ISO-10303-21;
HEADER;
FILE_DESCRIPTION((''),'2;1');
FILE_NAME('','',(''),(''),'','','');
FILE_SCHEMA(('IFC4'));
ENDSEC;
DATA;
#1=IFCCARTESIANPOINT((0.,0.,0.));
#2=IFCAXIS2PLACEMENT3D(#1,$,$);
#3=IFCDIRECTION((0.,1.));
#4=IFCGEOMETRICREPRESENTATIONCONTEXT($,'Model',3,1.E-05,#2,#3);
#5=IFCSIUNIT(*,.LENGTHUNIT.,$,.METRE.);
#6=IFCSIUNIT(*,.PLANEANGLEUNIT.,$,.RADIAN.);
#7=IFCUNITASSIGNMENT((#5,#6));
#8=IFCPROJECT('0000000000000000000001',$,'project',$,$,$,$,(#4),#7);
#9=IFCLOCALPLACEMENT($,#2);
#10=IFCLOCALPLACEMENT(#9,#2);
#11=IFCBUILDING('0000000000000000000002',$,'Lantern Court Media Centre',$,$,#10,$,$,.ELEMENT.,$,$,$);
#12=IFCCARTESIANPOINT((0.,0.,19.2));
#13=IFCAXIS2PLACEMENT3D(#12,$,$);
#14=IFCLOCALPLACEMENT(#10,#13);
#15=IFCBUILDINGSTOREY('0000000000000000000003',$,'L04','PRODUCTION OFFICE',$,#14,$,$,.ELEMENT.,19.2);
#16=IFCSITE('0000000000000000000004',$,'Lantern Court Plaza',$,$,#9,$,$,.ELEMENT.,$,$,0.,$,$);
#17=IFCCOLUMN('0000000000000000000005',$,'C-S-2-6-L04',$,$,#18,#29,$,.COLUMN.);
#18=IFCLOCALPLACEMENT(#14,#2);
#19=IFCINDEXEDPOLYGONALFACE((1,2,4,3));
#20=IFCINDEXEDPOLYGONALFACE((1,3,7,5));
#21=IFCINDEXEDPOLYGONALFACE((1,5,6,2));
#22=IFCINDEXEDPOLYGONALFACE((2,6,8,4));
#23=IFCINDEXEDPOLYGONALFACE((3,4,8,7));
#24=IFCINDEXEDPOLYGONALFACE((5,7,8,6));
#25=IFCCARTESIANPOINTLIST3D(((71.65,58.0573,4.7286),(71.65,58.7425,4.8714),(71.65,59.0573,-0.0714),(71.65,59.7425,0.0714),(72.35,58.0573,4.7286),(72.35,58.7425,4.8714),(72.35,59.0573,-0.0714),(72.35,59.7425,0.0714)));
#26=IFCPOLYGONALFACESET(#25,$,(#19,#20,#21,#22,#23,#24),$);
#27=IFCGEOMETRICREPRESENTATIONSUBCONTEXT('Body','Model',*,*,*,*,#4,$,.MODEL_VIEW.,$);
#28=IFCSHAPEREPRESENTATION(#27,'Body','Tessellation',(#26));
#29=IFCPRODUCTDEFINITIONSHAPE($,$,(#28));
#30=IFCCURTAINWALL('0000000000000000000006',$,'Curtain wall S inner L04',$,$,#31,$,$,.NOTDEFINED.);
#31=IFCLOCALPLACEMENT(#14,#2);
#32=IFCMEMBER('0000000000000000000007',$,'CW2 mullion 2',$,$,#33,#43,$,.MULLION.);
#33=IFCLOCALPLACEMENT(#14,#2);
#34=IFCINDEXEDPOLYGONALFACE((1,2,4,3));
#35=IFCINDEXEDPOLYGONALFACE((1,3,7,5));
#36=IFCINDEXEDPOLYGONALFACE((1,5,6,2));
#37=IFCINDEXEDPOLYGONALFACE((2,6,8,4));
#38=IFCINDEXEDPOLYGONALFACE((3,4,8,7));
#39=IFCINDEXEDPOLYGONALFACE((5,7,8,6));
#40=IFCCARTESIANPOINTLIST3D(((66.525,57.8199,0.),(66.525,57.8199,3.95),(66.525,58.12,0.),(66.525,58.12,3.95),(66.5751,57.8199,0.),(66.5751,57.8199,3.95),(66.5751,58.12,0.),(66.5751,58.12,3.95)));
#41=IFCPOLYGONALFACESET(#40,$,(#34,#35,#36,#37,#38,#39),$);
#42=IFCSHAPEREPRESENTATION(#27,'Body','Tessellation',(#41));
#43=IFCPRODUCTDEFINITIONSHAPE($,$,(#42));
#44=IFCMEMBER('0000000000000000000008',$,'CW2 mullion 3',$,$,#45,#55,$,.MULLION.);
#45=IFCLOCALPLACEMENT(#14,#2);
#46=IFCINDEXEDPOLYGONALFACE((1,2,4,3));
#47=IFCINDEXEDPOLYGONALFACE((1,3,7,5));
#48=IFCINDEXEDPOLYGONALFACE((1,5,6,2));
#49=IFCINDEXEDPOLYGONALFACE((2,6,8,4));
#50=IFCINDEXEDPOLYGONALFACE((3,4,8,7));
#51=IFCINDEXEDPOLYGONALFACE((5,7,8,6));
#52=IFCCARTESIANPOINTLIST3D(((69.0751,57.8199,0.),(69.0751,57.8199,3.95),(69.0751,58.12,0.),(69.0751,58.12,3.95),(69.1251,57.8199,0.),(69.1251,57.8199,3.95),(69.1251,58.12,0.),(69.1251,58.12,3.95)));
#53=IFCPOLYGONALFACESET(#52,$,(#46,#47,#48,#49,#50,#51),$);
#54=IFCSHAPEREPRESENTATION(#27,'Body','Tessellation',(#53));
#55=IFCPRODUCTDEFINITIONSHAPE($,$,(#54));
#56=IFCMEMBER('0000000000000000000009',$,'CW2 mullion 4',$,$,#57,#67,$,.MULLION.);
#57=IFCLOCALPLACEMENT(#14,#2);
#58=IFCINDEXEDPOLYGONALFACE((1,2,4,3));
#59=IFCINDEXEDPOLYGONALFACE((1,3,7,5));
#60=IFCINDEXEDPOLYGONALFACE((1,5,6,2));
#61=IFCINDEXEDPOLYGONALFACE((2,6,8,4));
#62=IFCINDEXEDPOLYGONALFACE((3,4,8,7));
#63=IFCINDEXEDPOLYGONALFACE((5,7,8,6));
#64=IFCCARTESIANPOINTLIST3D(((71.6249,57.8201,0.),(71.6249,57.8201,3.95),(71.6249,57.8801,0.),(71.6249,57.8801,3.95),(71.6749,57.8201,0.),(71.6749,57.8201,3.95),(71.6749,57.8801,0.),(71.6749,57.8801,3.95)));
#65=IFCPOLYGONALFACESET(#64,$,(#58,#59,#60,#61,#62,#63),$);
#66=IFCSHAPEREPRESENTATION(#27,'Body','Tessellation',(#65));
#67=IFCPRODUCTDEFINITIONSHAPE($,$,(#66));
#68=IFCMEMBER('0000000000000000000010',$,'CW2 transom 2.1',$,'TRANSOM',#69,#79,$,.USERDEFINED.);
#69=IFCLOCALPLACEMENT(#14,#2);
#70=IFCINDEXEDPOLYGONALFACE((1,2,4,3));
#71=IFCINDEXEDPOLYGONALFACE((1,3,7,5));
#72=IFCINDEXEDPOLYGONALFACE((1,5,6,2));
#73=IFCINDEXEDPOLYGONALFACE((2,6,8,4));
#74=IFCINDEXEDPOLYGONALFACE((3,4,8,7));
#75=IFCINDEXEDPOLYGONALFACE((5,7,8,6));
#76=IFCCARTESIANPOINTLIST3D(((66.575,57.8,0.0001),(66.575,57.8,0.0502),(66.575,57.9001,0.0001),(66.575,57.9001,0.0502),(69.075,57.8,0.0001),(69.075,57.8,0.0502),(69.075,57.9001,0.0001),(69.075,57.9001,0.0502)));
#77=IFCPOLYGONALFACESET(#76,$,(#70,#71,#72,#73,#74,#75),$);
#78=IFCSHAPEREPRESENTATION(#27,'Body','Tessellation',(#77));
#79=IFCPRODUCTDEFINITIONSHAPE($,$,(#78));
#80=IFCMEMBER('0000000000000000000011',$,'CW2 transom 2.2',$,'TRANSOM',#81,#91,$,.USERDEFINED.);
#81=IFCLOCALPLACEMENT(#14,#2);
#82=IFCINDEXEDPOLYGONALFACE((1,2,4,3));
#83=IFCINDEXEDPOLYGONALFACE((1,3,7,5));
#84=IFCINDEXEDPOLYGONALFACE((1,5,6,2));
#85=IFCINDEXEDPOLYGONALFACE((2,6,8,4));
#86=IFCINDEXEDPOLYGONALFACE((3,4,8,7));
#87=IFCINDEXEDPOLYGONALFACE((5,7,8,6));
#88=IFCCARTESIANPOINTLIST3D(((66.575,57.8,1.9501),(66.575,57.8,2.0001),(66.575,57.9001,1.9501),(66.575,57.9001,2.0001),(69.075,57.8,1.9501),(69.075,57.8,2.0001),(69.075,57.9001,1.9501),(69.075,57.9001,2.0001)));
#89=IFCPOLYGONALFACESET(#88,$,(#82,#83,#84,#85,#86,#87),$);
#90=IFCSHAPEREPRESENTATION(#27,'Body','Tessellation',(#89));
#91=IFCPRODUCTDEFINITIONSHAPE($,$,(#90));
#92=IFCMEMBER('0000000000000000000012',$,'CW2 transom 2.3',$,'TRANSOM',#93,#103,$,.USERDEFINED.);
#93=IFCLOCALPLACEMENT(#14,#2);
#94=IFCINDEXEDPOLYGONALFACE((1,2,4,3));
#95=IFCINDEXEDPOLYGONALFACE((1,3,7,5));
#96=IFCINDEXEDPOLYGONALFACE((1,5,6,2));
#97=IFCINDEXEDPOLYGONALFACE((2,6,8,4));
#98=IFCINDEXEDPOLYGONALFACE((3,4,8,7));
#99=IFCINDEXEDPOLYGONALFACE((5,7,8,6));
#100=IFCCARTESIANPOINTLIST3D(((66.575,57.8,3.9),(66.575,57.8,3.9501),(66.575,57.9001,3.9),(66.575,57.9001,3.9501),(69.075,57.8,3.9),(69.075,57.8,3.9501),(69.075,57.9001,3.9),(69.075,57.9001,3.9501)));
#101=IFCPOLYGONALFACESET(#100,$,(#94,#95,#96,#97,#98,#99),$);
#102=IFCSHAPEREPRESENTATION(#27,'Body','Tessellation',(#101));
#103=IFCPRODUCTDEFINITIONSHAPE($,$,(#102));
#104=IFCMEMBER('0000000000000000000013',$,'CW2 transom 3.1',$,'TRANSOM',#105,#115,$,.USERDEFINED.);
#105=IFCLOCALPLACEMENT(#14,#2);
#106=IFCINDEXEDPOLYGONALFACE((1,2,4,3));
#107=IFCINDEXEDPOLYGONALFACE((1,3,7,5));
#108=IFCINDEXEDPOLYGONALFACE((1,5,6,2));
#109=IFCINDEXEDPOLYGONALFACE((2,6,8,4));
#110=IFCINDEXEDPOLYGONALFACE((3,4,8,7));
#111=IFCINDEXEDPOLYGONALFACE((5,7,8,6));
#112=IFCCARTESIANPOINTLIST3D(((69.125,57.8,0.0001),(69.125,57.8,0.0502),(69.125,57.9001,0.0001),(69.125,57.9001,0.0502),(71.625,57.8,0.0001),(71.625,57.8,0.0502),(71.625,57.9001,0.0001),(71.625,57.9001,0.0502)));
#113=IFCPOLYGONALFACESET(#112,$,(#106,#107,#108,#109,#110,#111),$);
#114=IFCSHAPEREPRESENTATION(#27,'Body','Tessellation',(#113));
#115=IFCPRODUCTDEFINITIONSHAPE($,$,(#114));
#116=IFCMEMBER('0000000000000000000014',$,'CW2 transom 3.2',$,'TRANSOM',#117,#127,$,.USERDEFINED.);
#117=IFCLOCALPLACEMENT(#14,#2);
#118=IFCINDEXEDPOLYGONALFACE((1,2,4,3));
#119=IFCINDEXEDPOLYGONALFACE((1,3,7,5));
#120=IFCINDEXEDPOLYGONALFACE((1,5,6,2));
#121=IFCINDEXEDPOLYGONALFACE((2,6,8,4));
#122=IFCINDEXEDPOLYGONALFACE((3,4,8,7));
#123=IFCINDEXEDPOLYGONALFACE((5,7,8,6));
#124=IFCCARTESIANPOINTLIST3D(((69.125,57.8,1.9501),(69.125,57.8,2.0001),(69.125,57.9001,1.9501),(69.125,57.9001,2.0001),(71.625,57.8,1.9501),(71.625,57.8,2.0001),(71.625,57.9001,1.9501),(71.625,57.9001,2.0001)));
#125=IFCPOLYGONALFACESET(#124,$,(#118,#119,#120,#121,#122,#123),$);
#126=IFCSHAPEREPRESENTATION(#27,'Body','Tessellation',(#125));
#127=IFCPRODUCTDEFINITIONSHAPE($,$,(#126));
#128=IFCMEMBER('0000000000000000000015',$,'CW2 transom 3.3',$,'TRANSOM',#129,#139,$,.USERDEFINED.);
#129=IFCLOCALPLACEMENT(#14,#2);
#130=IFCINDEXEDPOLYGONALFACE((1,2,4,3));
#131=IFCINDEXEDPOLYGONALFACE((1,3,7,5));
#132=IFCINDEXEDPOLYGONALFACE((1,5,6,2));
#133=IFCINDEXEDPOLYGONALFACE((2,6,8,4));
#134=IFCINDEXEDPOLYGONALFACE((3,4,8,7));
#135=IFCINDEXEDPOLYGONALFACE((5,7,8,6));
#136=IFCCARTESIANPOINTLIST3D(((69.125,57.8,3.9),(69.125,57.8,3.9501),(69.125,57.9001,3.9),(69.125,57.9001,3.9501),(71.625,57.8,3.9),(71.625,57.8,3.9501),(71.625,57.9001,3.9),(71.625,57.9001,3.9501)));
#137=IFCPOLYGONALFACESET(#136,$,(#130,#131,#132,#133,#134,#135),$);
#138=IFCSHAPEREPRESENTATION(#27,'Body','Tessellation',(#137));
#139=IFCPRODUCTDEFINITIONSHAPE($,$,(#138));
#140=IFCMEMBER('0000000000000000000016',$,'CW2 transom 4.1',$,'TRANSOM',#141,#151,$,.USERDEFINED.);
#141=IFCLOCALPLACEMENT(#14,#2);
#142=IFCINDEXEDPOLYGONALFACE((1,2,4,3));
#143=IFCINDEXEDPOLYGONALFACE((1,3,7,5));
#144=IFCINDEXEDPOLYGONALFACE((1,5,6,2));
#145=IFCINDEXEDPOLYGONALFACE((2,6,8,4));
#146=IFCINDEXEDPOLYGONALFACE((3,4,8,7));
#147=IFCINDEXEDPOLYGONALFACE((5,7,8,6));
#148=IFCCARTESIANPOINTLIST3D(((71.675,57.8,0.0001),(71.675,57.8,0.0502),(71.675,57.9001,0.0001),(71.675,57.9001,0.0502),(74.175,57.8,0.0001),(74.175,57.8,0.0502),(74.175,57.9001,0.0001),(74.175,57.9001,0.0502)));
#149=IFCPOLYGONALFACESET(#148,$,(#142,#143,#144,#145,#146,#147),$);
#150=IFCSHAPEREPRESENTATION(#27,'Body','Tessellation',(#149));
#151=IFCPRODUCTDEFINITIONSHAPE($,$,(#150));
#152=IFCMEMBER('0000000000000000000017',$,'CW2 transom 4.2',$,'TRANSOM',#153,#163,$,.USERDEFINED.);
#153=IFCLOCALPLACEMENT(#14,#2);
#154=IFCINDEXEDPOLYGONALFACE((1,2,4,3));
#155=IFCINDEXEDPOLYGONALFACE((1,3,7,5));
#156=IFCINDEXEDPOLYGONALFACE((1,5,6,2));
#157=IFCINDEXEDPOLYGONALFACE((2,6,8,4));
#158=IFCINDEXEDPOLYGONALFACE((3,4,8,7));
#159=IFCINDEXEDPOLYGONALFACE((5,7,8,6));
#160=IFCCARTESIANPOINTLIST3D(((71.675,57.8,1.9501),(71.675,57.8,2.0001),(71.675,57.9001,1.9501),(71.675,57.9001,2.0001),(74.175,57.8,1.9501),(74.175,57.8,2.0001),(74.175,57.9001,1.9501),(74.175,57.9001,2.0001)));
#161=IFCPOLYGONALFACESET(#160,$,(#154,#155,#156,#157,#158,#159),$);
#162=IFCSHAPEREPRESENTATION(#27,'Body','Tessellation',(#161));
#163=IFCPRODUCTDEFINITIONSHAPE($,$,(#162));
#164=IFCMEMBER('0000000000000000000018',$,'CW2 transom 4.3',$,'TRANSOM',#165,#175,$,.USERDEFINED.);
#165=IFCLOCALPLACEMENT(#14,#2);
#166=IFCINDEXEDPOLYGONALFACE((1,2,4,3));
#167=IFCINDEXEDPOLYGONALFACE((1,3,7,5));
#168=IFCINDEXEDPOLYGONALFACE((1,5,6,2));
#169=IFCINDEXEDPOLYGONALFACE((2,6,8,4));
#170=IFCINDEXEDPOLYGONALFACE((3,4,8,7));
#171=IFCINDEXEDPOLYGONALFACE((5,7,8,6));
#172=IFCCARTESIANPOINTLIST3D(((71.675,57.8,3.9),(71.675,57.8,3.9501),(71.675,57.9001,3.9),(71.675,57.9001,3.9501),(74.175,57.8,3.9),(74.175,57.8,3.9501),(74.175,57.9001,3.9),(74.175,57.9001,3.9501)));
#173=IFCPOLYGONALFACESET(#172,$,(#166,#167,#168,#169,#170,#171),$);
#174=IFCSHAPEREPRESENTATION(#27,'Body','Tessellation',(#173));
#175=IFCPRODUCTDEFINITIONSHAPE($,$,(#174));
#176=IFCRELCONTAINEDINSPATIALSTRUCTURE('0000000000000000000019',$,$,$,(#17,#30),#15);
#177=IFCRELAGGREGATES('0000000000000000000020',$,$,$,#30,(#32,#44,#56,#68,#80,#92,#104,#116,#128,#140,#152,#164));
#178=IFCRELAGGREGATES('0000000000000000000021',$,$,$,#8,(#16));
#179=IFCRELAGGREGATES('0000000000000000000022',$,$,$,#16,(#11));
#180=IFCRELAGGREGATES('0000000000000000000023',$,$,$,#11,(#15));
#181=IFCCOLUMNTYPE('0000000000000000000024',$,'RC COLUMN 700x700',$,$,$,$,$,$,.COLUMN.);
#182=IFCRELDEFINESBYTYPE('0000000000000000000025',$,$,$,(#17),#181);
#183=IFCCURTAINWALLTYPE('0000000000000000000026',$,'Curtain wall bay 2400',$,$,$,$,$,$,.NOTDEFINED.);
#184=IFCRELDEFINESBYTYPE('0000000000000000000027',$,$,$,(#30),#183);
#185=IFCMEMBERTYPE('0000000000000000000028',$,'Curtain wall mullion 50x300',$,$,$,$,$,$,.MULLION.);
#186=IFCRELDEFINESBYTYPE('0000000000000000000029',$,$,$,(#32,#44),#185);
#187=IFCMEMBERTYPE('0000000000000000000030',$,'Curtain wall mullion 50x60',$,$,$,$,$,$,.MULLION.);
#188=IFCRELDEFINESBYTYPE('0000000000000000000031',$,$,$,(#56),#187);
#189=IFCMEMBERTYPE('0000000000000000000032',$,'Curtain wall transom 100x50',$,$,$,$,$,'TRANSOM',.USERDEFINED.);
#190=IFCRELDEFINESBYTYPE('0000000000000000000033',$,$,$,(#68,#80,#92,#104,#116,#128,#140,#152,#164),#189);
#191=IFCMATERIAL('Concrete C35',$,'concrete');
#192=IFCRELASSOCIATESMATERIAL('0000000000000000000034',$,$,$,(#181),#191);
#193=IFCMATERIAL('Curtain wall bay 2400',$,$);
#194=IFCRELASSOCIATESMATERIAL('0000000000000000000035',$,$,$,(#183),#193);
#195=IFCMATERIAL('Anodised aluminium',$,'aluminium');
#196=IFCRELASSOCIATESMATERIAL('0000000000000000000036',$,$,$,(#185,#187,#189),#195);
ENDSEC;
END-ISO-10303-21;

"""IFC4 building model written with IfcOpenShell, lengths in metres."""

from ifc_helpers import new_model, si_unit, direction, frame, origin, origin_2d, place, context, subcontext, project, spatial, rectangle, extrude, material, material_profile, profile_set, type_object, element, aggregate, save


model = new_model("IFC4")

# Units and contexts
model_context = context("Model", 3, precision=1e-05, world=origin(), true_north=direction((0.0, 1.0)))
body_context = subcontext(model_context, "Body", "Model", "MODEL_VIEW")
ifc_project = project(units=[si_unit("LENGTHUNIT", "METRE"), si_unit("PLANEANGLEUNIT", "RADIAN")], contexts=[model_context])

# Site, building, storey
site_placement = place(None, origin())
site = spatial("IfcSite", under=ifc_project, at=site_placement, Name="Lantern Court Plaza", CompositionType="ELEMENT", RefElevation=0.0)
building_placement = place(site_placement, origin())
building = spatial("IfcBuilding", under=site, at=building_placement, Name="Lantern Court Media Centre", CompositionType="ELEMENT")
storey_placement = place(building_placement, frame((0.0, 0.0, 19.2)))
storey = spatial("IfcBuildingStorey", under=building, at=storey_placement, Name="L04", Description="PRODUCTION OFFICE", CompositionType="ELEMENT", Elevation=19.2)

# Column
ifc_material_1 = material(Name="Concrete C35", Category="concrete")
ifc_material_profile_1 = material_profile(ifc_material_1, rectangle(XDim=0.7, YDim=0.7, at=origin_2d()), Name="RC 700x700")
ifc_profile_set_1 = profile_set([ifc_material_profile_1], Name="Concrete C35")
column_type = type_object("IfcColumnType", Name="RC COLUMN 700x700", PredefinedType="COLUMN", material=ifc_profile_set_1)
column_placement = place(storey_placement, frame((72.0, 59.3999, 0.0), z_axis=(0.0, -0.203952, 0.978981), x_axis=(1.0, 0.0, 0.0)))
element("IfcColumn", 1, at=column_placement, inside=storey, type_object=column_type, Name="C-S-2-6-L04", PredefinedType="COLUMN", context=body_context, shape_type="SweptSolid", body=[
    extrude(rectangle(XDim=0.7, YDim=0.7, at=origin_2d()), origin(), (0.0, 0.0, 1.0), 4.9031),
])

# Curtain wall, members
ifc_material_2 = material(Name="Curtain wall bay 2400")
curtain_wall_type = type_object("IfcCurtainWallType", Name="Curtain wall bay 2400", PredefinedType="NOTDEFINED", material=ifc_material_2)
curtain_wall_placement = place(storey_placement, origin())
curtain_wall = element("IfcCurtainWall", 2, at=curtain_wall_placement, inside=storey, type_object=curtain_wall_type, Name="Curtain wall S inner L04", PredefinedType="NOTDEFINED")
ifc_material_3 = material(Name="Anodised aluminium", Category="aluminium")
ifc_material_profile_2 = material_profile(ifc_material_3, rectangle(XDim=0.3, YDim=0.05, at=origin_2d()), Name="AL 50x300")
ifc_profile_set_2 = profile_set([ifc_material_profile_2], Name="Anodised aluminium")
member_type_1 = type_object("IfcMemberType", Name="Curtain wall mullion 50x300", PredefinedType="MULLION", material=ifc_profile_set_2)
member_1_placement = place(storey_placement, frame((66.55, 57.97, 0.0), z_axis=(0.0, 0.0, 1.0), x_axis=(0.0, 1.0, 0.0)))
member_1 = element("IfcMember", 3, at=member_1_placement, type_object=member_type_1, Name="CW2 mullion 2", PredefinedType="MULLION", context=body_context, shape_type="SweptSolid", body=[
    extrude(rectangle(XDim=0.3, YDim=0.05, at=origin_2d()), origin(), (0.0, 0.0, 1.0), 3.95),
])
member_2_placement = place(storey_placement, frame((69.1001, 57.97, 0.0), z_axis=(0.0, 0.0, 1.0), x_axis=(0.0, 1.0, 0.0)))
member_2 = element("IfcMember", 4, at=member_2_placement, type_object=member_type_1, Name="CW2 mullion 3", PredefinedType="MULLION", context=body_context, shape_type="SweptSolid", body=[
    extrude(rectangle(XDim=0.3, YDim=0.05, at=origin_2d()), origin(), (0.0, 0.0, 1.0), 3.95),
])
ifc_material_profile_3 = material_profile(ifc_material_3, rectangle(XDim=0.0601, YDim=0.05, at=origin_2d()), Name="AL 50x60")
ifc_profile_set_3 = profile_set([ifc_material_profile_3], Name="Anodised aluminium")
member_type_2 = type_object("IfcMemberType", Name="Curtain wall mullion 50x60", PredefinedType="MULLION", material=ifc_profile_set_3)
member_3_placement = place(storey_placement, frame((71.6499, 57.8501, 0.0), z_axis=(0.0, 0.0, 1.0), x_axis=(0.0, 1.0, 0.0)))
member_3 = element("IfcMember", 5, at=member_3_placement, type_object=member_type_2, Name="CW2 mullion 4", PredefinedType="MULLION", context=body_context, shape_type="SweptSolid", body=[
    extrude(rectangle(XDim=0.0601, YDim=0.05, at=origin_2d()), origin(), (0.0, 0.0, 1.0), 3.95),
])
ifc_material_profile_4 = material_profile(ifc_material_3, rectangle(XDim=0.1001, YDim=0.05, at=origin_2d()), Name="AL 50x100")
ifc_profile_set_4 = profile_set([ifc_material_profile_4], Name="Anodised aluminium")
member_type_3 = type_object("IfcMemberType", Name="Curtain wall transom 100x50", ElementType="TRANSOM", PredefinedType="USERDEFINED", material=ifc_profile_set_4)
member_4_placement = place(storey_placement, frame((66.575, 57.8501, 0.0251), z_axis=(1.0, 0.0, 0.0), x_axis=(0.0, 1.0, 0.0)))
member_4 = element("IfcMember", 6, at=member_4_placement, type_object=member_type_3, Name="CW2 transom 2.1", ObjectType="TRANSOM", PredefinedType="USERDEFINED", context=body_context, shape_type="SweptSolid", body=[
    extrude(rectangle(XDim=0.1001, YDim=0.05, at=origin_2d()), origin(), (0.0, 0.0, 1.0), 2.5),
])
member_5_placement = place(storey_placement, frame((66.575, 57.8501, 1.9751), z_axis=(1.0, 0.0, 0.0), x_axis=(0.0, 1.0, 0.0)))
member_5 = element("IfcMember", 7, at=member_5_placement, type_object=member_type_3, Name="CW2 transom 2.2", ObjectType="TRANSOM", PredefinedType="USERDEFINED", context=body_context, shape_type="SweptSolid", body=[
    extrude(rectangle(XDim=0.1001, YDim=0.05, at=origin_2d()), origin(), (0.0, 0.0, 1.0), 2.5),
])
member_6_placement = place(storey_placement, frame((66.575, 57.8501, 3.925), z_axis=(1.0, 0.0, 0.0), x_axis=(0.0, 1.0, 0.0)))
member_6 = element("IfcMember", 8, at=member_6_placement, type_object=member_type_3, Name="CW2 transom 2.3", ObjectType="TRANSOM", PredefinedType="USERDEFINED", context=body_context, shape_type="SweptSolid", body=[
    extrude(rectangle(XDim=0.1001, YDim=0.05, at=origin_2d()), origin(), (0.0, 0.0, 1.0), 2.5),
])
member_7_placement = place(storey_placement, frame((69.125, 57.8501, 0.0251), z_axis=(1.0, 0.0, 0.0), x_axis=(0.0, 1.0, 0.0)))
member_7 = element("IfcMember", 9, at=member_7_placement, type_object=member_type_3, Name="CW2 transom 3.1", ObjectType="TRANSOM", PredefinedType="USERDEFINED", context=body_context, shape_type="SweptSolid", body=[
    extrude(rectangle(XDim=0.1001, YDim=0.05, at=origin_2d()), origin(), (0.0, 0.0, 1.0), 2.5),
])
member_8_placement = place(storey_placement, frame((69.125, 57.8501, 1.9751), z_axis=(1.0, 0.0, 0.0), x_axis=(0.0, 1.0, 0.0)))
member_8 = element("IfcMember", 10, at=member_8_placement, type_object=member_type_3, Name="CW2 transom 3.2", ObjectType="TRANSOM", PredefinedType="USERDEFINED", context=body_context, shape_type="SweptSolid", body=[
    extrude(rectangle(XDim=0.1001, YDim=0.05, at=origin_2d()), origin(), (0.0, 0.0, 1.0), 2.5),
])
member_9_placement = place(storey_placement, frame((69.125, 57.8501, 3.925), z_axis=(1.0, 0.0, 0.0), x_axis=(0.0, 1.0, 0.0)))
member_9 = element("IfcMember", 11, at=member_9_placement, type_object=member_type_3, Name="CW2 transom 3.3", ObjectType="TRANSOM", PredefinedType="USERDEFINED", context=body_context, shape_type="SweptSolid", body=[
    extrude(rectangle(XDim=0.1001, YDim=0.05, at=origin_2d()), origin(), (0.0, 0.0, 1.0), 2.5),
])
member_10_placement = place(storey_placement, frame((71.675, 57.8501, 0.0251), z_axis=(1.0, 0.0, 0.0), x_axis=(0.0, 1.0, 0.0)))
member_10 = element("IfcMember", 12, at=member_10_placement, type_object=member_type_3, Name="CW2 transom 4.1", ObjectType="TRANSOM", PredefinedType="USERDEFINED", context=body_context, shape_type="SweptSolid", body=[
    extrude(rectangle(XDim=0.1001, YDim=0.05, at=origin_2d()), origin(), (0.0, 0.0, 1.0), 2.5),
])
member_11_placement = place(storey_placement, frame((71.675, 57.8501, 1.9751), z_axis=(1.0, 0.0, 0.0), x_axis=(0.0, 1.0, 0.0)))
member_11 = element("IfcMember", 13, at=member_11_placement, type_object=member_type_3, Name="CW2 transom 4.2", ObjectType="TRANSOM", PredefinedType="USERDEFINED", context=body_context, shape_type="SweptSolid", body=[
    extrude(rectangle(XDim=0.1001, YDim=0.05, at=origin_2d()), origin(), (0.0, 0.0, 1.0), 2.5),
])
member_12_placement = place(storey_placement, frame((71.675, 57.8501, 3.925), z_axis=(1.0, 0.0, 0.0), x_axis=(0.0, 1.0, 0.0)))
member_12 = element("IfcMember", 14, at=member_12_placement, type_object=member_type_3, Name="CW2 transom 4.3", ObjectType="TRANSOM", PredefinedType="USERDEFINED", context=body_context, shape_type="SweptSolid", body=[
    extrude(rectangle(XDim=0.1001, YDim=0.05, at=origin_2d()), origin(), (0.0, 0.0, 1.0), 2.5),
])

aggregate(curtain_wall, [member_1, member_2, member_3, member_4, member_5, member_6, member_7, member_8, member_9, member_10, member_11, member_12])

save(model, "model.ifc")
